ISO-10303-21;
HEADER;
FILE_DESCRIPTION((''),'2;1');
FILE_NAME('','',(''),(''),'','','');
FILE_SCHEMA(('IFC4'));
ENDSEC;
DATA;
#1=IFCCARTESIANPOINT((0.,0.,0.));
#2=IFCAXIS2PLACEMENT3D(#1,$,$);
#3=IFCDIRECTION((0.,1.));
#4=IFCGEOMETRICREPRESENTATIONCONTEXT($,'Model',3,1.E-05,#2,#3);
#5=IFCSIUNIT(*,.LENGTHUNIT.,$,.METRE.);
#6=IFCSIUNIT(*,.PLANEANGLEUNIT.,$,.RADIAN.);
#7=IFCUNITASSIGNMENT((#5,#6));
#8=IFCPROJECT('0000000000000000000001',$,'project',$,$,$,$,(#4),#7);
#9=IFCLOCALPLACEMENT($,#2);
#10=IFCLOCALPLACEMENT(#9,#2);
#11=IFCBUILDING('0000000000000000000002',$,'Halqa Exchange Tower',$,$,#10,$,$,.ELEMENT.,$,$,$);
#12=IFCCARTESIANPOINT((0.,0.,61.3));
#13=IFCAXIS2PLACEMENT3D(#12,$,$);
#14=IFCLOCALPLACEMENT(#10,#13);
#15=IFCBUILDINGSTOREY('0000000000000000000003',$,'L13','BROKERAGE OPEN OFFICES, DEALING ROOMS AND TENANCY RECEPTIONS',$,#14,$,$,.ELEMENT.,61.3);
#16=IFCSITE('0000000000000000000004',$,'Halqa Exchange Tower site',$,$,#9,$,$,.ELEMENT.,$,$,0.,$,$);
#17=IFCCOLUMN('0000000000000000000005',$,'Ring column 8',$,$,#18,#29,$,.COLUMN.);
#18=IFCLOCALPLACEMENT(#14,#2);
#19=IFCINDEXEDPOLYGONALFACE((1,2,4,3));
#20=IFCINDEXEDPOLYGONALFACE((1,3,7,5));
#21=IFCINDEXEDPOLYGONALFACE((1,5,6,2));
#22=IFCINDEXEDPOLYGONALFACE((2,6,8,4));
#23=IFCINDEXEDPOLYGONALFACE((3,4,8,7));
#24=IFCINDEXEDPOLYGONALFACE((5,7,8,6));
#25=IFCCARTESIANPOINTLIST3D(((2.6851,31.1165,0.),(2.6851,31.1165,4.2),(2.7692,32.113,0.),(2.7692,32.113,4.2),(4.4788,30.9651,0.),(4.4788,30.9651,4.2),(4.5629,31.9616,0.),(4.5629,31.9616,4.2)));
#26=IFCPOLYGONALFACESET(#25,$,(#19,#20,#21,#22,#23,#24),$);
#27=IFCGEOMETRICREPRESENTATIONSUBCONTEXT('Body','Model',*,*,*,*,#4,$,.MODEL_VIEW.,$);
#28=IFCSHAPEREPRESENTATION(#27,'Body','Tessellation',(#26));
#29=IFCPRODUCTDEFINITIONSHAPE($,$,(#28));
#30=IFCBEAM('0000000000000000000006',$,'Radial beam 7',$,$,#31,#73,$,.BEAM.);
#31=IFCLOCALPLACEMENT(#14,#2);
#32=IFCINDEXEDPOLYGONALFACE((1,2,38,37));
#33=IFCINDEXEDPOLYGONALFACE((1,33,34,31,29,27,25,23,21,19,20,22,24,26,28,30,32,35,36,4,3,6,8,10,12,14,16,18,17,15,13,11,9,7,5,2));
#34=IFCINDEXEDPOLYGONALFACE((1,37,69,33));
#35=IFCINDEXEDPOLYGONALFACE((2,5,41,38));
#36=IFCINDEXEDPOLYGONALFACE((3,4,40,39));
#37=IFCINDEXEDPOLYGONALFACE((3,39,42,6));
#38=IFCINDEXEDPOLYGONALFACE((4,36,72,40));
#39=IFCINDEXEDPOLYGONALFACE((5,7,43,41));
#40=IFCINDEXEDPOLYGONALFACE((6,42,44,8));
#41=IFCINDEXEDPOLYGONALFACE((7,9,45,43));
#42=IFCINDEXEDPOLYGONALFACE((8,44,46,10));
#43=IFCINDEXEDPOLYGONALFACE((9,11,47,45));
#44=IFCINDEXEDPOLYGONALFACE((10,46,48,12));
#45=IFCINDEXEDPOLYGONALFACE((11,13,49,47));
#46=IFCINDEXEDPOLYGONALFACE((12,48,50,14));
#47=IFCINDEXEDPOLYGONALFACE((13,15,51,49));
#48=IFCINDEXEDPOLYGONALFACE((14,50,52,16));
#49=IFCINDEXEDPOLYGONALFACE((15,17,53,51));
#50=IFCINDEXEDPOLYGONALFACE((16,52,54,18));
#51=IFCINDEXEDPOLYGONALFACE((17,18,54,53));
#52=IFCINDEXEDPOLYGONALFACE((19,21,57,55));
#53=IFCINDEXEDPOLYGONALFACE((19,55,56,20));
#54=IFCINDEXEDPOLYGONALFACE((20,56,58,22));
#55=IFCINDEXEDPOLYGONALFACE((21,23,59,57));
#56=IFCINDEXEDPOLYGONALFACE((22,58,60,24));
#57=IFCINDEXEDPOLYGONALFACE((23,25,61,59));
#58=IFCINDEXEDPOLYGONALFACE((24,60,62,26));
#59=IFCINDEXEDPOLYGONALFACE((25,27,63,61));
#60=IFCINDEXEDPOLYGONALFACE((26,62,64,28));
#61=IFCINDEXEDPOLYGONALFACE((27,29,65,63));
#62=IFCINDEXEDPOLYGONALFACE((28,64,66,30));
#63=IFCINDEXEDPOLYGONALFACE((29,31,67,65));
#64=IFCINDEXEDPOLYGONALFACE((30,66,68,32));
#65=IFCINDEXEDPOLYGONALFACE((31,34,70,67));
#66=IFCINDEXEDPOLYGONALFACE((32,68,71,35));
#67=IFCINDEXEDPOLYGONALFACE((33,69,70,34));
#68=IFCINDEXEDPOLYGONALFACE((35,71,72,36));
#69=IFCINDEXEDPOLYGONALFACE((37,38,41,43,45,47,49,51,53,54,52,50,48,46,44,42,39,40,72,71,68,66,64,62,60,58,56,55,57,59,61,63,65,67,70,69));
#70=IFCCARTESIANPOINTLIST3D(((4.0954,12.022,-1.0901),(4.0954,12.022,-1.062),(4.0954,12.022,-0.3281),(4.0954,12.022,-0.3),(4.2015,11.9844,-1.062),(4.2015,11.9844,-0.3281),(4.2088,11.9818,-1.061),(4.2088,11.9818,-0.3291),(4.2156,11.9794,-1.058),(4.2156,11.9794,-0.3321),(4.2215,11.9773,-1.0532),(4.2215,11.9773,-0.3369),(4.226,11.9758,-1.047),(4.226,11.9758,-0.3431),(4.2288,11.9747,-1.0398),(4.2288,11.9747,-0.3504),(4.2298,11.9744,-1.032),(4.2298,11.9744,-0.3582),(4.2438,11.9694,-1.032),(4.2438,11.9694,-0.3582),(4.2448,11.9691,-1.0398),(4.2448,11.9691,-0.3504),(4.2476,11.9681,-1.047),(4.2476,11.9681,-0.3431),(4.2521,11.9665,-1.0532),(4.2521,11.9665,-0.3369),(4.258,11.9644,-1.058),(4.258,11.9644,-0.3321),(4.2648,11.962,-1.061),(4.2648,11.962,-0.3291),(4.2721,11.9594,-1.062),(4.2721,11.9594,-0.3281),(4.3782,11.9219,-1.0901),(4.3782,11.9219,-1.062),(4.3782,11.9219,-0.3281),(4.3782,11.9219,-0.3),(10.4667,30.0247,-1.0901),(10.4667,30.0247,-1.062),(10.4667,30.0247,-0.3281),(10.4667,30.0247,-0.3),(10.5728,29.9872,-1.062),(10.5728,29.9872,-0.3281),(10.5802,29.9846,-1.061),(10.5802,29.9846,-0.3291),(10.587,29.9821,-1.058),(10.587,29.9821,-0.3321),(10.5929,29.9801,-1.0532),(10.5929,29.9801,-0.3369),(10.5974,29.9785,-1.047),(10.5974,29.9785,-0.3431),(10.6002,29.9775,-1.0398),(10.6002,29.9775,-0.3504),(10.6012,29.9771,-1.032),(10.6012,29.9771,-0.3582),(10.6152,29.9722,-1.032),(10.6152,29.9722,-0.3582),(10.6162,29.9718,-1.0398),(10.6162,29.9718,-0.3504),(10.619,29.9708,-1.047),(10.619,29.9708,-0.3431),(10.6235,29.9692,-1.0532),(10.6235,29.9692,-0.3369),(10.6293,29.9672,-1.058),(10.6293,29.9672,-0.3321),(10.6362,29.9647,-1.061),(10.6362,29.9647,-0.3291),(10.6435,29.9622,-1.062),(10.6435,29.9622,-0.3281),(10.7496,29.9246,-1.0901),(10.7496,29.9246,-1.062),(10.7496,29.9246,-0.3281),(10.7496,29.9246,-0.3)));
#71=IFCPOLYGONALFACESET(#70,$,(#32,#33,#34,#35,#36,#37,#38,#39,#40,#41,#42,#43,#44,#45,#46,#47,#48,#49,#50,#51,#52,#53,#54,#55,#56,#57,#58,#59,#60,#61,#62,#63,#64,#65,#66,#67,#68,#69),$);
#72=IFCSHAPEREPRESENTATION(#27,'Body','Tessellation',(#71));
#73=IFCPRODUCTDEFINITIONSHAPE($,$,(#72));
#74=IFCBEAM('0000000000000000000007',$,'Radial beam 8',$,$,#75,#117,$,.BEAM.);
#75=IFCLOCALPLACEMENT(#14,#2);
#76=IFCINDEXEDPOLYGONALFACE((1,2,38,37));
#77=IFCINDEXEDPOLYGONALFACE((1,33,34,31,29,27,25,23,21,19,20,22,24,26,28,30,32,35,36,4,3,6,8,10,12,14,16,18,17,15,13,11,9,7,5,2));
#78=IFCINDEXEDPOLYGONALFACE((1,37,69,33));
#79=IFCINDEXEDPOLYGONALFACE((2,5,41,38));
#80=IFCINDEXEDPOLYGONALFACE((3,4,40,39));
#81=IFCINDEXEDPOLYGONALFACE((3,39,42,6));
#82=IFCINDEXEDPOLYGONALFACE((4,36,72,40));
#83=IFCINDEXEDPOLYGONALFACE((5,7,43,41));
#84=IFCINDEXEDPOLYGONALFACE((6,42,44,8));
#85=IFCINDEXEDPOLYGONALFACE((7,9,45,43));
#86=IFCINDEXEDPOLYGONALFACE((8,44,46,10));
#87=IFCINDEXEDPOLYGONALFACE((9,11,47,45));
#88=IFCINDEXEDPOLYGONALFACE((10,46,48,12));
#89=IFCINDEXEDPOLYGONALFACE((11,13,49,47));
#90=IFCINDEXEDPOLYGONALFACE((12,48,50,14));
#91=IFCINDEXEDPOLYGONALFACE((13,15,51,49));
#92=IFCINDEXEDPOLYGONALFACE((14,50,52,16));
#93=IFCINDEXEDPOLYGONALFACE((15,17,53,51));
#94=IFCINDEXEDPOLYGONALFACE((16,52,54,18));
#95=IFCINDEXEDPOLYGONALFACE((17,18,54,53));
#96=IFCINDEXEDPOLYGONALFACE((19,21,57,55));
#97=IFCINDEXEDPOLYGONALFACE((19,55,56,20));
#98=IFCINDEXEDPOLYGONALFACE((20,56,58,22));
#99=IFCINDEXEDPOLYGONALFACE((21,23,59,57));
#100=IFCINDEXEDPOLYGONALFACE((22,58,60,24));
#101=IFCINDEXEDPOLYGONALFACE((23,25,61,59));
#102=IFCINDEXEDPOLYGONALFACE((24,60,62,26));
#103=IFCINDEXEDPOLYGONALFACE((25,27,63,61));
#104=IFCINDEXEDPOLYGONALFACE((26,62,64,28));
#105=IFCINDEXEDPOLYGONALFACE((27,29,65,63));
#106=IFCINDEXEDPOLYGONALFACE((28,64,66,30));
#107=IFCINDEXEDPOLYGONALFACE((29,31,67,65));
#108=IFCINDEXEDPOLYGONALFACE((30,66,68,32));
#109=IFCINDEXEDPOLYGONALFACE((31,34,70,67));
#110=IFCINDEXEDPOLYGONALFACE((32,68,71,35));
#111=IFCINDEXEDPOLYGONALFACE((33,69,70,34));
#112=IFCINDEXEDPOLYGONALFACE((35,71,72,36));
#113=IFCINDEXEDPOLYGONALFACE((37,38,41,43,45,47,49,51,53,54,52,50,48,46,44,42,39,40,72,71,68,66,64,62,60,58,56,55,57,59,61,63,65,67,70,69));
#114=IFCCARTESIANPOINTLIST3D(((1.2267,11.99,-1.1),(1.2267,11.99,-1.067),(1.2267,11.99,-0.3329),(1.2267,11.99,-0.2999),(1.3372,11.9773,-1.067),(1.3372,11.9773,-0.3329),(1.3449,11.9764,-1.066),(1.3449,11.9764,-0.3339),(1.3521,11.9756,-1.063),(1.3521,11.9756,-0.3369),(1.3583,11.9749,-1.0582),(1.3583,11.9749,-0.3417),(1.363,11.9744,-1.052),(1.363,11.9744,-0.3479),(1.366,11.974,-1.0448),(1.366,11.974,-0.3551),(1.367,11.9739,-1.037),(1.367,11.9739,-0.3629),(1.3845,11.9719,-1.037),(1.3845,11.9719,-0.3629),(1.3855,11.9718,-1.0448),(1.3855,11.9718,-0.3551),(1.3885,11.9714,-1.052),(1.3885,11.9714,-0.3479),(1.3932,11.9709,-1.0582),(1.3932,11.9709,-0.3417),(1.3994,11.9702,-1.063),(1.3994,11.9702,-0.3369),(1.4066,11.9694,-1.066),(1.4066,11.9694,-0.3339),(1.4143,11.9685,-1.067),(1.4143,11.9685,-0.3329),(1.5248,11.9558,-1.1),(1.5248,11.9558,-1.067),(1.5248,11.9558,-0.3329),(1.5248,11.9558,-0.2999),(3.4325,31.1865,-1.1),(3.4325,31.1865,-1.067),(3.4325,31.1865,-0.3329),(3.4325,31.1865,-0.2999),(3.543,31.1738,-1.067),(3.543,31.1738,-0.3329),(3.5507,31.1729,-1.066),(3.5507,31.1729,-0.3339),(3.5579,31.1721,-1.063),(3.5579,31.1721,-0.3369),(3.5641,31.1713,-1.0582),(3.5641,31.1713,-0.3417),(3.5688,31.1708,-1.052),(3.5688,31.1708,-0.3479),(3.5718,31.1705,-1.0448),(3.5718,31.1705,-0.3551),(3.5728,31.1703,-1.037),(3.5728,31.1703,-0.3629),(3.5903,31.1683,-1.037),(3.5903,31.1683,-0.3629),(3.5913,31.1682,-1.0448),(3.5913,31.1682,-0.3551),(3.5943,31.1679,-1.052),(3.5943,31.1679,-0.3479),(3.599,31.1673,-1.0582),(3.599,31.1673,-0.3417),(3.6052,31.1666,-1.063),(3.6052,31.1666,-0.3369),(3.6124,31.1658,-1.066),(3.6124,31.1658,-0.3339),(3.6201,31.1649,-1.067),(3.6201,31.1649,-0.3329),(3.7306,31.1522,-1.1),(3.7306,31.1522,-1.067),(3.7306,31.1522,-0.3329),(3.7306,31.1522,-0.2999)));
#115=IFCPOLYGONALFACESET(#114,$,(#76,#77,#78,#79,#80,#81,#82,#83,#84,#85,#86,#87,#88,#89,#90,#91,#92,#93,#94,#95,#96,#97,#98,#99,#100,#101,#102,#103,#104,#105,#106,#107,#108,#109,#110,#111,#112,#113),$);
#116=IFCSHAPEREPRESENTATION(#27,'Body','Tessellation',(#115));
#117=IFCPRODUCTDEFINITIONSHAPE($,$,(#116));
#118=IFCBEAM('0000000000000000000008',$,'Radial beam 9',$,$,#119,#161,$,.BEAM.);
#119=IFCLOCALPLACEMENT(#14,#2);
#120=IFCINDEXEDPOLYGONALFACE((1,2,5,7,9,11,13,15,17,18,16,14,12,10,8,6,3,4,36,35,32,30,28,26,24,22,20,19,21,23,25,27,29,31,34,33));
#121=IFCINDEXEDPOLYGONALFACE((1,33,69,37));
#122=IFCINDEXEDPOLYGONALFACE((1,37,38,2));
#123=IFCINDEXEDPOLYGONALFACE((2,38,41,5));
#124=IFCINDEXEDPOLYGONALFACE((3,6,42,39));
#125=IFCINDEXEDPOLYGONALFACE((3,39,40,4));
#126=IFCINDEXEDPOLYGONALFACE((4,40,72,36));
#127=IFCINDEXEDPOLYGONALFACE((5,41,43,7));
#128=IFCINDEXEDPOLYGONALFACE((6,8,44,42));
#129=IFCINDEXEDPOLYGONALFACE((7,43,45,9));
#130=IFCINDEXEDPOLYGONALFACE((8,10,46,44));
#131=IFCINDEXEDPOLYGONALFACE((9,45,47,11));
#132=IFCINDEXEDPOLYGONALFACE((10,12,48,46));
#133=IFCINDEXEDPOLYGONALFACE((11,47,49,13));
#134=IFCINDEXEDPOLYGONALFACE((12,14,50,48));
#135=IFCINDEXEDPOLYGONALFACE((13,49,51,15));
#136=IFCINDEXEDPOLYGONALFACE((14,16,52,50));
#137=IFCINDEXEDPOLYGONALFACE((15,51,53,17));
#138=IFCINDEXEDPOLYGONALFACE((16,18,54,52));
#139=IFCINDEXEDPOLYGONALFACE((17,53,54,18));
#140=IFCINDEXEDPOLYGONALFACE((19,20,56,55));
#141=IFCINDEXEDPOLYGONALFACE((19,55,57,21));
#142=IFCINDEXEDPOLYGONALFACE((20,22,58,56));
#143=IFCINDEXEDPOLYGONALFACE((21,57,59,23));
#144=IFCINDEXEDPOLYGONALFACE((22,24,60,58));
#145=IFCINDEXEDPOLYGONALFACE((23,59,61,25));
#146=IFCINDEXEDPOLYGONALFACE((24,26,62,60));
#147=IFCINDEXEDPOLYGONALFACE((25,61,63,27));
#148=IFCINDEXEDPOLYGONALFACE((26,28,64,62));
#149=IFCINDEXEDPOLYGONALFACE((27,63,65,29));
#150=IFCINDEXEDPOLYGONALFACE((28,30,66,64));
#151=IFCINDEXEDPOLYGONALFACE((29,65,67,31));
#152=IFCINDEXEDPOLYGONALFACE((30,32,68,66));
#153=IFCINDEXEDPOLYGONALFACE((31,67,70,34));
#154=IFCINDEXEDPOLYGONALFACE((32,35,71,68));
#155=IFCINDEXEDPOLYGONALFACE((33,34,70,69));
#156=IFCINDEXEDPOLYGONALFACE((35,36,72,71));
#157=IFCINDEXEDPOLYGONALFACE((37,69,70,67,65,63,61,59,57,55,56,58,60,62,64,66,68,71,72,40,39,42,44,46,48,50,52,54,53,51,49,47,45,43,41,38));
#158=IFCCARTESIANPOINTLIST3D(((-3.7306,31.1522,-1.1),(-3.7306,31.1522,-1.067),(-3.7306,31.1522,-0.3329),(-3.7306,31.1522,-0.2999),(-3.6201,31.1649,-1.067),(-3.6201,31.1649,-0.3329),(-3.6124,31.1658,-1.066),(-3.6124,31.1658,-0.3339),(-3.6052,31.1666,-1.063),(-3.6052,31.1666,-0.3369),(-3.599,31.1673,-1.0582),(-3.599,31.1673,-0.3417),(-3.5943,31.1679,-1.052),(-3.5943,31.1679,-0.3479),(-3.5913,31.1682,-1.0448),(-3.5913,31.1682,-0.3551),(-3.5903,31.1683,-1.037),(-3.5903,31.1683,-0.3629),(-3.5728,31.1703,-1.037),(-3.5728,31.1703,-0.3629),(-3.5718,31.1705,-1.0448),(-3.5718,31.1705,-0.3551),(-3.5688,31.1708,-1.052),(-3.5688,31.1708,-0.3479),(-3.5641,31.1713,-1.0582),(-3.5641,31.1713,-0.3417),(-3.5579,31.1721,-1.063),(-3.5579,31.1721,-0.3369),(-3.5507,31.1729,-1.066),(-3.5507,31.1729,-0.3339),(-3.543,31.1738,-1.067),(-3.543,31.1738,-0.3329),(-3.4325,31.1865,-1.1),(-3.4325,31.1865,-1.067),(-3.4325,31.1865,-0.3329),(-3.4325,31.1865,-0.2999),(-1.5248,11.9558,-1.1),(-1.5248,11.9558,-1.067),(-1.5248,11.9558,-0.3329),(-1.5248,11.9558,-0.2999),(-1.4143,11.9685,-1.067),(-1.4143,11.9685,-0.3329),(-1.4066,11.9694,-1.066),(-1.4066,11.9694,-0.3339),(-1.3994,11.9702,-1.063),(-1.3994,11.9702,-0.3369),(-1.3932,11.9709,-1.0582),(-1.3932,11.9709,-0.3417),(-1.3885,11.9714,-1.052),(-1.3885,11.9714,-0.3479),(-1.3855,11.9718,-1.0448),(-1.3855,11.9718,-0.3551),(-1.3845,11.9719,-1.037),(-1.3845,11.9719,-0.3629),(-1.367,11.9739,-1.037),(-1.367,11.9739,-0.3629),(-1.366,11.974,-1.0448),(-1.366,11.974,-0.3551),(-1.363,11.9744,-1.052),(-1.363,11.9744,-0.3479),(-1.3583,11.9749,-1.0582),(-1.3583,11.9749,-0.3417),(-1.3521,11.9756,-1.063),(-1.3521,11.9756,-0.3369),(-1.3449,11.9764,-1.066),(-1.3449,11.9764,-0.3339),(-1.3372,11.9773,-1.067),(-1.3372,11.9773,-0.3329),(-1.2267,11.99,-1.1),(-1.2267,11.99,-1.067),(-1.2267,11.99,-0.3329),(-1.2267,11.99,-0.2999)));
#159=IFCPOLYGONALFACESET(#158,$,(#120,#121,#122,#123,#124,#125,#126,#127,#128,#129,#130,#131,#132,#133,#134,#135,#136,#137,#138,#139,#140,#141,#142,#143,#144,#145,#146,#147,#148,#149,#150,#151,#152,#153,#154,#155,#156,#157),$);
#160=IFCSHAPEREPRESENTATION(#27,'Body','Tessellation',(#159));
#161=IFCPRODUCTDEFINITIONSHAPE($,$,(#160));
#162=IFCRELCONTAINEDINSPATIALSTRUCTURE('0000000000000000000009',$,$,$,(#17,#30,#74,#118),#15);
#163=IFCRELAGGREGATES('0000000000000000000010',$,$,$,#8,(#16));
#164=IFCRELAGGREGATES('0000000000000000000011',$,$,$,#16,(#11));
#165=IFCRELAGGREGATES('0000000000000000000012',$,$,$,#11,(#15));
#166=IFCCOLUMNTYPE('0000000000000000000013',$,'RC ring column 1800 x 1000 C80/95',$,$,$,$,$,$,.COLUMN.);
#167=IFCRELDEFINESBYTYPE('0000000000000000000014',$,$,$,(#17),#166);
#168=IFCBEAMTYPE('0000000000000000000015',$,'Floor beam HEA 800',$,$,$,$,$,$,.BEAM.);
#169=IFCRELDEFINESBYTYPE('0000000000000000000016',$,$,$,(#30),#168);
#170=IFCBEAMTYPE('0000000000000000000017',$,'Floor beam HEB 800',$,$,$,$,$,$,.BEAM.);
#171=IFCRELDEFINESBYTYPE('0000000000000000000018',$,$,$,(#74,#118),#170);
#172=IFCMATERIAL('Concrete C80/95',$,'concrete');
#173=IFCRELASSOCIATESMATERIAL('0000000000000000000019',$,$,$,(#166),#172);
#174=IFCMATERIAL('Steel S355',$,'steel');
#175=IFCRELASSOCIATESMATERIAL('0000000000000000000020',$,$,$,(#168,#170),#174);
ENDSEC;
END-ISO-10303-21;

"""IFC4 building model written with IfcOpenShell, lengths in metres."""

from ifc_helpers import new_model, si_unit, direction, frame, origin, origin_2d, place, context, subcontext, project, spatial, rectangle, i_section, extrude, material, material_profile, profile_set, type_object, element, save


model = new_model("IFC4")

# Units and contexts
model_context = context("Model", 3, precision=1e-05, world=origin(), true_north=direction((0.0, 1.0)))
body_context = subcontext(model_context, "Body", "Model", "MODEL_VIEW")
ifc_project = project(units=[si_unit("LENGTHUNIT", "METRE"), si_unit("PLANEANGLEUNIT", "RADIAN")], contexts=[model_context])

# Site, building, storey
site_placement = place(None, origin())
site = spatial("IfcSite", under=ifc_project, at=site_placement, Name="Halqa Exchange Tower site", CompositionType="ELEMENT", RefElevation=0.0)
building_placement = place(site_placement, origin())
building = spatial("IfcBuilding", under=site, at=building_placement, Name="Halqa Exchange Tower", CompositionType="ELEMENT")
storey_placement = place(building_placement, frame((0.0, 0.0, 61.3)))
storey = spatial("IfcBuildingStorey", under=building, at=storey_placement, Name="L13", Description="BROKERAGE OPEN OFFICES, DEALING ROOMS AND TENANCY RECEPTIONS", CompositionType="ELEMENT", Elevation=61.3)

# Column
ifc_material_1 = material(Name="Concrete C80/95", Category="concrete")
ifc_material_profile_1 = material_profile(ifc_material_1, rectangle(XDim=1.8, YDim=1.0, at=origin_2d()), Name="1800 x 1000")
ifc_profile_set_1 = profile_set([ifc_material_profile_1], Name="Concrete C80/95")
column_type = type_object("IfcColumnType", Name="RC ring column 1800 x 1000 C80/95", PredefinedType="COLUMN", material=ifc_profile_set_1)
column_placement = place(storey_placement, frame((3.624, 31.5391, 0.0), z_axis=(0.0, 0.0, 1.0), x_axis=(-0.996456, 0.08412, 0.0)))
element("IfcColumn", 1, at=column_placement, inside=storey, type_object=column_type, Name="Ring column 8", PredefinedType="COLUMN", context=body_context, shape_type="SweptSolid", body=[
    extrude(rectangle(XDim=1.8, YDim=1.0, at=origin_2d()), origin(), (0.0, 0.0, 1.0), 4.2),
])

# Beams
ifc_material_2 = material(Name="Steel S355", Category="steel")
ifc_material_profile_2 = material_profile(ifc_material_2, i_section(OverallWidth=0.3, OverallDepth=0.79, WebThickness=0.0149, FlangeThickness=0.0281, FilletRadius=0.03, at=origin_2d()), Name="HEA 800")
ifc_profile_set_2 = profile_set([ifc_material_profile_2], Name="Steel S355")
beam_type_1 = type_object("IfcBeamType", Name="Floor beam HEA 800", PredefinedType="BEAM", material=ifc_profile_set_2)
beam_1_placement = place(storey_placement, frame((4.2368, 11.9719, -0.6951), z_axis=(0.333632, 0.942703, 0.0), x_axis=(-0.942703, 0.333632, 0.0)))
element("IfcBeam", 2, at=beam_1_placement, inside=storey, type_object=beam_type_1, Name="Radial beam 7", PredefinedType="BEAM", context=body_context, shape_type="SweptSolid", body=[
    extrude(i_section(OverallWidth=0.3, OverallDepth=0.79, WebThickness=0.0149, FlangeThickness=0.0281, FilletRadius=0.03, at=origin_2d()), origin(), (0.0, 0.0, 1.0), 19.0969),
])
ifc_material_profile_3 = material_profile(ifc_material_2, i_section(OverallWidth=0.3, OverallDepth=0.8, WebThickness=0.0176, FlangeThickness=0.033, FilletRadius=0.03, at=origin_2d()), Name="HEB 800")
ifc_profile_set_3 = profile_set([ifc_material_profile_3], Name="Steel S355")
beam_type_2 = type_object("IfcBeamType", Name="Floor beam HEB 800", PredefinedType="BEAM", material=ifc_profile_set_3)
for number, where, z_axis, x_axis, name in (
    (3, (1.3757, 11.9729, -0.7), (0.114156, 0.993463, 0.0), (-0.993463, 0.114156, 0.0), "Radial beam 8"),
    (4, (-1.3757, 11.9729, -0.7), (-0.114156, 0.993463, 0.0), (-0.993463, -0.114156, 0.0), "Radial beam 9"),
):
    element("IfcBeam", number, at=place(storey_placement, frame(where, z_axis=z_axis, x_axis=x_axis)), inside=storey, type_object=beam_type_2, Name=name, PredefinedType="BEAM", context=body_context, shape_type="SweptSolid", body=[
        extrude(i_section(OverallWidth=0.3, OverallDepth=0.8, WebThickness=0.0176, FlangeThickness=0.033, FilletRadius=0.03, at=origin_2d()), origin(), (0.0, 0.0, 1.0), 19.3228),
    ])

save(model, "model.ifc")
